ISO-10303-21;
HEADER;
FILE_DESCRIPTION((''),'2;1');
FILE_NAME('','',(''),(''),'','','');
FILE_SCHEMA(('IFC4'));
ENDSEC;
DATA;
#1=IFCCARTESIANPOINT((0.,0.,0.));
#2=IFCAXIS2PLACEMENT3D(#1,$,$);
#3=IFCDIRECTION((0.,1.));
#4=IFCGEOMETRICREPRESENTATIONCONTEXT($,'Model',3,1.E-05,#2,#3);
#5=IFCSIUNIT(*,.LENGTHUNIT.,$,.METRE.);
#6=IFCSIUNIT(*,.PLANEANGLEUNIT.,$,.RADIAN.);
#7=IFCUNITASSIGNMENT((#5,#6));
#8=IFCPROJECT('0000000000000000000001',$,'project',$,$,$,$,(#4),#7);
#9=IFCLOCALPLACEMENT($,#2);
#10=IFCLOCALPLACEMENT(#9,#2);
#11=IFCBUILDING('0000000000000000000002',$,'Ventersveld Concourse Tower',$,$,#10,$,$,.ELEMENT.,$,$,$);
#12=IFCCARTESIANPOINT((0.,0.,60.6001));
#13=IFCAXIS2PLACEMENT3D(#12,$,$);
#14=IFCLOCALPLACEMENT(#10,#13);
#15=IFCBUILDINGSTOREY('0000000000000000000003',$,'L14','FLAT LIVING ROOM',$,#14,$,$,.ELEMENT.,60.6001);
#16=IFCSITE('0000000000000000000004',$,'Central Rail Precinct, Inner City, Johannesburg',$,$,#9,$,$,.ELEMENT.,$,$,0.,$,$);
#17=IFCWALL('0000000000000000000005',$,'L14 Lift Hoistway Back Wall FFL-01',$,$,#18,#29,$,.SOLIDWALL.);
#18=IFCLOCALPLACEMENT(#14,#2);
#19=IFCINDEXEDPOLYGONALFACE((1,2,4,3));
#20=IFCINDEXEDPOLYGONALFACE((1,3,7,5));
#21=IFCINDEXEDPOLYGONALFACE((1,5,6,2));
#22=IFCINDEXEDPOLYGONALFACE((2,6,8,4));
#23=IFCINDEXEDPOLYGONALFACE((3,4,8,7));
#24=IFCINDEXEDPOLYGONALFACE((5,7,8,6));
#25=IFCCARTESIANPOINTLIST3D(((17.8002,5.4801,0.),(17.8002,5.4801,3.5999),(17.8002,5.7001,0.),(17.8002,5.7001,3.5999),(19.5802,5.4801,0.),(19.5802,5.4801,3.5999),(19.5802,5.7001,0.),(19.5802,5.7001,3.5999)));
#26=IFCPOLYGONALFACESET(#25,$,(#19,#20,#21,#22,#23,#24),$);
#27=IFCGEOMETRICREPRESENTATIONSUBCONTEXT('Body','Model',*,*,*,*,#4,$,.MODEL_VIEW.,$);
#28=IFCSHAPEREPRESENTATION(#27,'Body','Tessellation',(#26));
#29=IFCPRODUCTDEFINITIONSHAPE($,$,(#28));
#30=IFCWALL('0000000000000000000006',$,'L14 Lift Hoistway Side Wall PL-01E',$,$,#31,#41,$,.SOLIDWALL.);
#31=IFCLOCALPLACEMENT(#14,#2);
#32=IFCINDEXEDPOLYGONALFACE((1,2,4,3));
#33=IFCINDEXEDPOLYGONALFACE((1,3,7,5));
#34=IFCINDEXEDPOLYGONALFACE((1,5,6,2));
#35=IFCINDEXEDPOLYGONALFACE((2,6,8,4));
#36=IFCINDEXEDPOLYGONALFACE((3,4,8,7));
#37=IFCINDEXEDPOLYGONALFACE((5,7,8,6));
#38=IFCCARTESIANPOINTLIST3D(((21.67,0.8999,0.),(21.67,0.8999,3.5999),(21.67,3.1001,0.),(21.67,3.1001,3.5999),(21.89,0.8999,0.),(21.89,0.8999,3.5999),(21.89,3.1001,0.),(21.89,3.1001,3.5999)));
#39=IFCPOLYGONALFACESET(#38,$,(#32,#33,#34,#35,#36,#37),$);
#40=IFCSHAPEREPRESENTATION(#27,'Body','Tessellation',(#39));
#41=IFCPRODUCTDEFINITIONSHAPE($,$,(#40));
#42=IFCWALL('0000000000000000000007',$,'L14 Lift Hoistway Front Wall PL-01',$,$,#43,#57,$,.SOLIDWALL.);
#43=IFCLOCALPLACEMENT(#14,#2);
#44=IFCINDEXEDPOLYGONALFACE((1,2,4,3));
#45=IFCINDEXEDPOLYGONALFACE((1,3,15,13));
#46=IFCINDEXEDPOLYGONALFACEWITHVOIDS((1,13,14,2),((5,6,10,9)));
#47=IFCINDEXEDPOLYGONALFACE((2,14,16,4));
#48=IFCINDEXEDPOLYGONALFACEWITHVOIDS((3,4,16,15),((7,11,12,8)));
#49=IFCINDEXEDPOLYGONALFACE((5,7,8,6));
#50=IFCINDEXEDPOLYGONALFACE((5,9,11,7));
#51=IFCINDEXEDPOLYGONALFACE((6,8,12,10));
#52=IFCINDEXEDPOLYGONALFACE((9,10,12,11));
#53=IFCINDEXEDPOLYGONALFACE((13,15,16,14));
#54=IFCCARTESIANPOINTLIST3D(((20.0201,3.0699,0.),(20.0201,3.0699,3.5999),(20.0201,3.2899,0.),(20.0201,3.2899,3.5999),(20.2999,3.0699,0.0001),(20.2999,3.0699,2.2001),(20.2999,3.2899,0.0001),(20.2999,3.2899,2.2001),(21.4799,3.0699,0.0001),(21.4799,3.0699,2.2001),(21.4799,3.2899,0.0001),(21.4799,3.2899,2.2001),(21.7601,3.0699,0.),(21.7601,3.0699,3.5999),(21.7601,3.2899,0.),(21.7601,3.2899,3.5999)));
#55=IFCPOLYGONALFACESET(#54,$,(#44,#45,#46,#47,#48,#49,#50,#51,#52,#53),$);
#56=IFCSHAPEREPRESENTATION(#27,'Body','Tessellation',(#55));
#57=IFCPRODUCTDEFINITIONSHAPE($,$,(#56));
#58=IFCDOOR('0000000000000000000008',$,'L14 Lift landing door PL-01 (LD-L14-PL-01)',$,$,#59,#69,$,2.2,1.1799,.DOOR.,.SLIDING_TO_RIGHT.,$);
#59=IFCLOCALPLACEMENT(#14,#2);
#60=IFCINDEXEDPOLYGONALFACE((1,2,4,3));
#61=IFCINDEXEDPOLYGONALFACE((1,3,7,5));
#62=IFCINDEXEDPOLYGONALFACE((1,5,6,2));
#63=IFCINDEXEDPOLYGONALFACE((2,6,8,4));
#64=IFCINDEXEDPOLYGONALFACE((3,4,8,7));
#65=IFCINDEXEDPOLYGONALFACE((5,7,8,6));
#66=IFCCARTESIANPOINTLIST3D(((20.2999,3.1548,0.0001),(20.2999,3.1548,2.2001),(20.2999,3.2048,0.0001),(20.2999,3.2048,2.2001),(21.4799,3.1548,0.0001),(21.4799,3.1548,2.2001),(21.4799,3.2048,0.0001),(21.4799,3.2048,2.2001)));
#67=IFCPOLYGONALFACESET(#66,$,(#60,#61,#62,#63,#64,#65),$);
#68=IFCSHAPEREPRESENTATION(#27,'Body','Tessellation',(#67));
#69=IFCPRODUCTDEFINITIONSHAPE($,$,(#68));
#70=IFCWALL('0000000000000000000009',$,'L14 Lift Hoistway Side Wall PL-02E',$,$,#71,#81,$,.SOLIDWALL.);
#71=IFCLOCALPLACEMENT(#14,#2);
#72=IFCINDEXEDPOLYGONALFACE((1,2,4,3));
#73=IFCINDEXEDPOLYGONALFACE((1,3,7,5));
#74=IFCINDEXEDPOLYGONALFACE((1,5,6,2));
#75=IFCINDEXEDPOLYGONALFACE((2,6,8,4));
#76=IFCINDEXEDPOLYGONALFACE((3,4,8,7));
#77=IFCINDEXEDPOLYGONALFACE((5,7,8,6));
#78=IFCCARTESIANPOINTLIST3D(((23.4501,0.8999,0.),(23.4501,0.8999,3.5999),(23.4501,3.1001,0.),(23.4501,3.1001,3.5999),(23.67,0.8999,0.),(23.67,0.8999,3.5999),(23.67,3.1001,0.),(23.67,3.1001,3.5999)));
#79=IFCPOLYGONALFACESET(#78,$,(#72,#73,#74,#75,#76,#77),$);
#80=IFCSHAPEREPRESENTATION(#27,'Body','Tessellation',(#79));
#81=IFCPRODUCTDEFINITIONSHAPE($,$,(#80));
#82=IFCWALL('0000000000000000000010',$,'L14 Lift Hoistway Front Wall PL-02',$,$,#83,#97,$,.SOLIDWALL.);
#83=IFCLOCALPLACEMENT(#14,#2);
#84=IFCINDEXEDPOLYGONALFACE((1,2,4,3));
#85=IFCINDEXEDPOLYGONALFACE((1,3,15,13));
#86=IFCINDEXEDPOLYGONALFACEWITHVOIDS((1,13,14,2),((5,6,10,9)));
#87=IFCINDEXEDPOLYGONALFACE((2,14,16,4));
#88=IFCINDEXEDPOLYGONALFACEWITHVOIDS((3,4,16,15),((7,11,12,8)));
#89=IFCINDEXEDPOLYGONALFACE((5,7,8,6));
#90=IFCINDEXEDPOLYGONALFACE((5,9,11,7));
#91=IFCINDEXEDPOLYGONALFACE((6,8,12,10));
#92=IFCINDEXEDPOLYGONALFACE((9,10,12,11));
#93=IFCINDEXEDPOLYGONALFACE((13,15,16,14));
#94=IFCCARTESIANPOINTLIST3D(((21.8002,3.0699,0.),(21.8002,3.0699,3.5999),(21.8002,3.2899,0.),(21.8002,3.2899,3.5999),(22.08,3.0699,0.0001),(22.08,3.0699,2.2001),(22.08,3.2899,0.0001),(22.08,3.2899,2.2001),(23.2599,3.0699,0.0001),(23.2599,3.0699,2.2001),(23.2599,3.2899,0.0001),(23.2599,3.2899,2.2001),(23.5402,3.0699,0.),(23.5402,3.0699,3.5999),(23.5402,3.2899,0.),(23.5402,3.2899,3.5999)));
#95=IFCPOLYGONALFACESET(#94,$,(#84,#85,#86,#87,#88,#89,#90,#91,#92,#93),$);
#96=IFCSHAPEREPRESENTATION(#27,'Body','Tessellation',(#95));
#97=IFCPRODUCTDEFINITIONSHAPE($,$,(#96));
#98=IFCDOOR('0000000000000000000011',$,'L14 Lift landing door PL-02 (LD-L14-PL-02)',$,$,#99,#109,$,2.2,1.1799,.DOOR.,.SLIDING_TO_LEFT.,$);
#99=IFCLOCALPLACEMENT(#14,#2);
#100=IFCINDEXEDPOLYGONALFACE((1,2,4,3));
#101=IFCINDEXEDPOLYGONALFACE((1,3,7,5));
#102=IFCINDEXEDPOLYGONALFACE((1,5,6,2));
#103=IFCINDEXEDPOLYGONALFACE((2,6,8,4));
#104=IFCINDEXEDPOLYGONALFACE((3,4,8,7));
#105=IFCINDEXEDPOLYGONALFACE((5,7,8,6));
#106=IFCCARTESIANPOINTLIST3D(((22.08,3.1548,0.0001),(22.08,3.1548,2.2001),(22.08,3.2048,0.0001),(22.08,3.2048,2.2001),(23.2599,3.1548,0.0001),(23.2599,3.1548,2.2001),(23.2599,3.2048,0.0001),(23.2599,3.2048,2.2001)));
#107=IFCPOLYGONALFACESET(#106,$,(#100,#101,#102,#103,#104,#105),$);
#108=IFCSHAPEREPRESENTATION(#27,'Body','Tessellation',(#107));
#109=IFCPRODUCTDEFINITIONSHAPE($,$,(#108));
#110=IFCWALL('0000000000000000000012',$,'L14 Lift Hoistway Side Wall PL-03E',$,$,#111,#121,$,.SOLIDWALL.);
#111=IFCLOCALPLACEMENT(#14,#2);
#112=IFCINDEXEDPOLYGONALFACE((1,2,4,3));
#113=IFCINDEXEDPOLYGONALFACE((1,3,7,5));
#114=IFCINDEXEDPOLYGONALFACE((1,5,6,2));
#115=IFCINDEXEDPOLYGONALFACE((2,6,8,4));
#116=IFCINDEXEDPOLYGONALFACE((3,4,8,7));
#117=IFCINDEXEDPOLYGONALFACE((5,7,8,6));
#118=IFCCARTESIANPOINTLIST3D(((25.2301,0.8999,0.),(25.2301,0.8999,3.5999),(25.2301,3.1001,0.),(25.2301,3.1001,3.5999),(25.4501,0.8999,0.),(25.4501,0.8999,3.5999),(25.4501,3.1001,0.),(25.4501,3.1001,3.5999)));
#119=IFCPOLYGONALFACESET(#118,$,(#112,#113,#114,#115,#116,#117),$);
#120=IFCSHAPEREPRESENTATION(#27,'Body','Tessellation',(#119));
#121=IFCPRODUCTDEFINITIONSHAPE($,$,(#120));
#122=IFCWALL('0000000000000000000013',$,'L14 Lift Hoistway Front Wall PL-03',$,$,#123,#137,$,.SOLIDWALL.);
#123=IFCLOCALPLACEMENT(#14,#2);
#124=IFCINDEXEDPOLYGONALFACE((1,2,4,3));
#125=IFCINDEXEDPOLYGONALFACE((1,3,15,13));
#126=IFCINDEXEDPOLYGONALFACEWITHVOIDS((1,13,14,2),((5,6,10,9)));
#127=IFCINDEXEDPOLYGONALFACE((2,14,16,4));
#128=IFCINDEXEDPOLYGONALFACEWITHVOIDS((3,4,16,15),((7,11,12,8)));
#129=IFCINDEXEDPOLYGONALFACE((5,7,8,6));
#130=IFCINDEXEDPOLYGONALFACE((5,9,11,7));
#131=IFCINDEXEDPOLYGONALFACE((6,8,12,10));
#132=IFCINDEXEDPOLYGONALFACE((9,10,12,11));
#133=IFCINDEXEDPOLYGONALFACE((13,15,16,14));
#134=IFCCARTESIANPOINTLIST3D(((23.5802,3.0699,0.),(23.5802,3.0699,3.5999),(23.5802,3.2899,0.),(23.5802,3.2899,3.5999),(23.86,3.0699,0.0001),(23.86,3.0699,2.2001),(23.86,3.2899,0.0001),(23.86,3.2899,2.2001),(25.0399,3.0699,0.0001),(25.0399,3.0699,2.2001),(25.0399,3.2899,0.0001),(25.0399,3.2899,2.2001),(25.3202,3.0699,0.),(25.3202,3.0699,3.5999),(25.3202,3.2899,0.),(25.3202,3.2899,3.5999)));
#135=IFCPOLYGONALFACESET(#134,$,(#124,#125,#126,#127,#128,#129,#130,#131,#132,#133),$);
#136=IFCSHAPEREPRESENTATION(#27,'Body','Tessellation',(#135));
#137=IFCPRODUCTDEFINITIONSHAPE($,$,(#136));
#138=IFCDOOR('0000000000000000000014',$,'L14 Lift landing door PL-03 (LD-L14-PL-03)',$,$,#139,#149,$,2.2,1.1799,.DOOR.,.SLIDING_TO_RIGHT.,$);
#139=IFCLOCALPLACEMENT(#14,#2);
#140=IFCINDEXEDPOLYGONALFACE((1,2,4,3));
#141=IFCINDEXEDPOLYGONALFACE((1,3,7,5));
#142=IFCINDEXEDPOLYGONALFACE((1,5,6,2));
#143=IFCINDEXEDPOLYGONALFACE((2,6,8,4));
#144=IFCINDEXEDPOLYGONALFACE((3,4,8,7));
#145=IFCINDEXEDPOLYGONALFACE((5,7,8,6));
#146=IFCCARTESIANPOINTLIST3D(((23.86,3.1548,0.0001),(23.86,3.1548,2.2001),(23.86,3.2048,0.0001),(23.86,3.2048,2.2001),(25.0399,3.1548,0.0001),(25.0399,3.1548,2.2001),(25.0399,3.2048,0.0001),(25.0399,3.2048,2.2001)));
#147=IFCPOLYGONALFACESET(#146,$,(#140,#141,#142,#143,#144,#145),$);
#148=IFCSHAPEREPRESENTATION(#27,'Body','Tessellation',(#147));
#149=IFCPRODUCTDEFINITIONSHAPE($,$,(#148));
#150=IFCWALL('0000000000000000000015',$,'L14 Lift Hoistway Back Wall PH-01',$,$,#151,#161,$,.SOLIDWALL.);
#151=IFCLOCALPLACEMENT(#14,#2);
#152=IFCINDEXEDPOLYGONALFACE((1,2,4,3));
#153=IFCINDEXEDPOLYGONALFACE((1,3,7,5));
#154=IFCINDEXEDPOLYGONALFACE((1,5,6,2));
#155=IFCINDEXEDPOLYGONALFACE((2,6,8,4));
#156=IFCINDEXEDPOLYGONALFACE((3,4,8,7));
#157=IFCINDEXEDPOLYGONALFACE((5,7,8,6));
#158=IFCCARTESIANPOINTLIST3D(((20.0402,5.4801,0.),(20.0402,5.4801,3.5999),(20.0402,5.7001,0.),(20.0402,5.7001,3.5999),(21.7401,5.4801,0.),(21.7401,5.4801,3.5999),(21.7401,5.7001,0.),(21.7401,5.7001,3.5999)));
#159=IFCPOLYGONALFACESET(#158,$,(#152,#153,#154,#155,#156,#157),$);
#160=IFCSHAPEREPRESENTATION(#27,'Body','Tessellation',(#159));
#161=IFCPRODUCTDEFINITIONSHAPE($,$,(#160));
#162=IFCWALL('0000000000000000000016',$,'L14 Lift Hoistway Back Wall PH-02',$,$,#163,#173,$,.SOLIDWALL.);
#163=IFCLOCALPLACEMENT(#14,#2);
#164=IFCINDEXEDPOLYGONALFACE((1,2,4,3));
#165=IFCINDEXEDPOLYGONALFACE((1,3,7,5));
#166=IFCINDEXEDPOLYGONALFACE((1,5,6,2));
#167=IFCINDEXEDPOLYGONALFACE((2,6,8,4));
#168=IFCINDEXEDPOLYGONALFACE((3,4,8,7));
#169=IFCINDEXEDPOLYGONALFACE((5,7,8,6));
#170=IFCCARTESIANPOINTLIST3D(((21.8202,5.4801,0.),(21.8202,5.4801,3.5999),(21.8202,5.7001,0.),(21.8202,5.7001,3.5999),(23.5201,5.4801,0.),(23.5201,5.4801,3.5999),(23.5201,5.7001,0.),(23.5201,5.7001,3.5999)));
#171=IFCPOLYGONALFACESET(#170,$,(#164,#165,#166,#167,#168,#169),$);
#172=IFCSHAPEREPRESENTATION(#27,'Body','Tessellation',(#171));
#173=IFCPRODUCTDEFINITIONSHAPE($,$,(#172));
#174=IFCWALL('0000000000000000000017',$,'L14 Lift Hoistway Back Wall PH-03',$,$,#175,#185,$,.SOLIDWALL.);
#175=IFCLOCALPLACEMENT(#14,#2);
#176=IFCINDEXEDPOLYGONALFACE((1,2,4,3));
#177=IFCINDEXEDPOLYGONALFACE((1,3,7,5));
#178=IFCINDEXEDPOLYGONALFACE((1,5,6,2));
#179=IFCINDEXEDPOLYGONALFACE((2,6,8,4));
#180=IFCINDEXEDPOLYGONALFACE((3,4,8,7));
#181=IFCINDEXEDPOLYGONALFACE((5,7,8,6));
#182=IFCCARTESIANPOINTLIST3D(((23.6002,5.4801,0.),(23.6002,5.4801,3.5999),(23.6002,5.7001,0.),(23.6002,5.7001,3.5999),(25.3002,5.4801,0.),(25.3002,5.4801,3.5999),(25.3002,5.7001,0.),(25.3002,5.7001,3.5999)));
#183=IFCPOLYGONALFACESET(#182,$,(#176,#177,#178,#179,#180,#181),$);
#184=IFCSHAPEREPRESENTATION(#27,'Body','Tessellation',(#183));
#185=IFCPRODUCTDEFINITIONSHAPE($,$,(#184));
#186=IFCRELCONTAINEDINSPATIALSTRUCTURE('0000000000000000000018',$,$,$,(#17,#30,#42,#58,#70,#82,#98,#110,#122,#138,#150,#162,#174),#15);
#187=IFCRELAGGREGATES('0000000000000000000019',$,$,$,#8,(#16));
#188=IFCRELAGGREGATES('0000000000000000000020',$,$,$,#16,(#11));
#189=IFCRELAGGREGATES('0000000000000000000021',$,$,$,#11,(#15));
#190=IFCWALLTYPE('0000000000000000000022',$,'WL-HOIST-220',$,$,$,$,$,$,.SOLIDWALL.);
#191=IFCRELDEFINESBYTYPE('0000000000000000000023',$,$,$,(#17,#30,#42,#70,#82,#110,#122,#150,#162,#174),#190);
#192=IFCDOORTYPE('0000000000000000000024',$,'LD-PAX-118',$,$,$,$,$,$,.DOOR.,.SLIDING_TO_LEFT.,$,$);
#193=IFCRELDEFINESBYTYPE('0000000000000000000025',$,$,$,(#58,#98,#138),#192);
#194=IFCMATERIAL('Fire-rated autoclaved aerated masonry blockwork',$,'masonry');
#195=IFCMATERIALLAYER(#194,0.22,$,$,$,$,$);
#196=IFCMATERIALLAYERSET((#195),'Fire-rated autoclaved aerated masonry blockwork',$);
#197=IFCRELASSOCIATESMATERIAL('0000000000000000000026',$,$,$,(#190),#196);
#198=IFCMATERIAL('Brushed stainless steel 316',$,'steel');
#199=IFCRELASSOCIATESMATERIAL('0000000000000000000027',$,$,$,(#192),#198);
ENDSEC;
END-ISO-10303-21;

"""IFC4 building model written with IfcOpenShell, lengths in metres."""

from ifc_helpers import new_model, si_unit, direction, frame, frame_2d, origin, place, context, subcontext, project, spatial, rectangle, extrude, material, layer, layer_set, type_object, element, fill, save


model = new_model("IFC4")

# Units and contexts
model_context = context("Model", 3, precision=1e-05, world=origin(), true_north=direction((0.0, 1.0)))
body_context = subcontext(model_context, "Body", "Model", "MODEL_VIEW")
ifc_project = project(units=[si_unit("LENGTHUNIT", "METRE"), si_unit("PLANEANGLEUNIT", "RADIAN")], contexts=[model_context])

# Site, building, storey
site_placement = place(None, origin())
site = spatial("IfcSite", under=ifc_project, at=site_placement, Name="Central Rail Precinct, Inner City, Johannesburg", CompositionType="ELEMENT", RefElevation=0.0)
building_placement = place(site_placement, origin())
building = spatial("IfcBuilding", under=site, at=building_placement, Name="Ventersveld Concourse Tower", CompositionType="ELEMENT")
storey_placement = place(building_placement, frame((0.0, 0.0, 60.6001)))
storey = spatial("IfcBuildingStorey", under=building, at=storey_placement, Name="L14", Description="FLAT LIVING ROOM", CompositionType="ELEMENT", Elevation=60.6001)

# Walls
ifc_material_1 = material(Name="Fire-rated autoclaved aerated masonry blockwork", Category="masonry")
ifc_layer_1 = layer(ifc_material_1, 0.22)
ifc_layer_set_1 = layer_set([ifc_layer_1], Name="Fire-rated autoclaved aerated masonry blockwork")
wall_type_1 = type_object("IfcWallType", Name="WL-HOIST-220", PredefinedType="SOLIDWALL", material=ifc_layer_set_1)
wall_1_placement = place(storey_placement, frame((17.8, 5.5901, 0.0), z_axis=(0.0, 0.0, 1.0), x_axis=(1.0, 0.0, 0.0)))
element("IfcWall", 1, at=wall_1_placement, inside=storey, type_object=wall_type_1, Name="L14 Lift Hoistway Back Wall FFL-01", PredefinedType="SOLIDWALL", context=body_context, shape_type="SweptSolid", body=[
    extrude(rectangle(XDim=1.78, YDim=0.22, at=frame_2d((0.8901, 0.0))), origin(), (0.0, 0.0, 1.0), 3.5999),
])
wall_2_placement = place(storey_placement, frame((21.78, 0.8999, 0.0), z_axis=(0.0, 0.0, 1.0), x_axis=(0.0, 1.0, 0.0)))
element("IfcWall", 2, at=wall_2_placement, inside=storey, type_object=wall_type_1, Name="L14 Lift Hoistway Side Wall PL-01E", PredefinedType="SOLIDWALL", context=body_context, shape_type="SweptSolid", body=[
    extrude(rectangle(XDim=2.2002, YDim=0.22, at=frame_2d((1.1001, 0.0))), origin(), (0.0, 0.0, 1.0), 3.5999),
])

# Wall, opening, door
wall_3_placement = place(storey_placement, frame((20.02, 3.1799, 0.0), z_axis=(0.0, 0.0, 1.0), x_axis=(1.0, 0.0, 0.0)))
wall_3 = element("IfcWall", 3, at=wall_3_placement, inside=storey, type_object=wall_type_1, Name="L14 Lift Hoistway Front Wall PL-01", PredefinedType="SOLIDWALL", context=body_context, shape_type="SweptSolid", body=[
    extrude(rectangle(XDim=1.74, YDim=0.22, at=frame_2d((0.8701, 0.0))), origin(), (0.0, 0.0, 1.0), 3.5999),
])
opening_1_placement = place(wall_3_placement, frame((0.28, 0.0, 0.0)))
opening_1 = element("IfcOpeningElement", 4, at=opening_1_placement, cuts=wall_3, PredefinedType="OPENING", context=body_context, shape_type="SweptSolid", body=[
    extrude(rectangle(XDim=1.1799, YDim=2.2, at=frame_2d((0.5898, 1.1001))), frame((0.0, 0.1201, 0.0), z_axis=(0.0, -1.0, 0.0), x_axis=(1.0, 0.0, 0.0)), (0.0, 0.0, 1.0), 0.24),
])
ifc_material_2 = material(Name="Brushed stainless steel 316", Category="steel")
door_type = type_object("IfcDoorType", Name="LD-PAX-118", OperationType="SLIDING_TO_LEFT", PredefinedType="DOOR", material=ifc_material_2)
door_1_placement = place(opening_1_placement, origin())
door_1 = element("IfcDoor", 5, at=door_1_placement, inside=storey, type_object=door_type, Name="L14 Lift landing door PL-01 (LD-L14-PL-01)", OperationType="SLIDING_TO_RIGHT", OverallHeight=2.2, OverallWidth=1.1799, PredefinedType="DOOR", context=body_context, shape_type="SweptSolid", body=[
    extrude(rectangle(XDim=1.1799, YDim=2.2, at=frame_2d((0.5898, 1.1001))), frame((0.0, 0.0249, 0.0), z_axis=(0.0, -1.0, 0.0), x_axis=(1.0, 0.0, 0.0)), (0.0, 0.0, 1.0), 0.05),
])
fill(opening_1, door_1)

# Wall
wall_4_placement = place(storey_placement, frame((23.5601, 0.8999, 0.0), z_axis=(0.0, 0.0, 1.0), x_axis=(0.0, 1.0, 0.0)))
element("IfcWall", 6, at=wall_4_placement, inside=storey, type_object=wall_type_1, Name="L14 Lift Hoistway Side Wall PL-02E", PredefinedType="SOLIDWALL", context=body_context, shape_type="SweptSolid", body=[
    extrude(rectangle(XDim=2.2002, YDim=0.22, at=frame_2d((1.1001, 0.0))), origin(), (0.0, 0.0, 1.0), 3.5999),
])

# Wall, opening, door
wall_5_placement = place(storey_placement, frame((21.8, 3.1799, 0.0), z_axis=(0.0, 0.0, 1.0), x_axis=(1.0, 0.0, 0.0)))
wall_5 = element("IfcWall", 7, at=wall_5_placement, inside=storey, type_object=wall_type_1, Name="L14 Lift Hoistway Front Wall PL-02", PredefinedType="SOLIDWALL", context=body_context, shape_type="SweptSolid", body=[
    extrude(rectangle(XDim=1.74, YDim=0.22, at=frame_2d((0.8701, 0.0))), origin(), (0.0, 0.0, 1.0), 3.5999),
])
opening_2_placement = place(wall_5_placement, frame((0.28, 0.0, 0.0)))
opening_2 = element("IfcOpeningElement", 8, at=opening_2_placement, cuts=wall_5, PredefinedType="OPENING", context=body_context, shape_type="SweptSolid", body=[
    extrude(rectangle(XDim=1.1799, YDim=2.2, at=frame_2d((0.5898, 1.1001))), frame((0.0, 0.1201, 0.0), z_axis=(0.0, -1.0, 0.0), x_axis=(1.0, 0.0, 0.0)), (0.0, 0.0, 1.0), 0.24),
])
door_2_placement = place(opening_2_placement, origin())
door_2 = element("IfcDoor", 9, at=door_2_placement, inside=storey, type_object=door_type, Name="L14 Lift landing door PL-02 (LD-L14-PL-02)", OperationType="SLIDING_TO_LEFT", OverallHeight=2.2, OverallWidth=1.1799, PredefinedType="DOOR", context=body_context, shape_type="SweptSolid", body=[
    extrude(rectangle(XDim=1.1799, YDim=2.2, at=frame_2d((0.5898, 1.1001))), frame((0.0, 0.0249, 0.0), z_axis=(0.0, -1.0, 0.0), x_axis=(1.0, 0.0, 0.0)), (0.0, 0.0, 1.0), 0.05),
])
fill(opening_2, door_2)

# Wall
wall_6_placement = place(storey_placement, frame((25.3401, 0.8999, 0.0), z_axis=(0.0, 0.0, 1.0), x_axis=(0.0, 1.0, 0.0)))
element("IfcWall", 10, at=wall_6_placement, inside=storey, type_object=wall_type_1, Name="L14 Lift Hoistway Side Wall PL-03E", PredefinedType="SOLIDWALL", context=body_context, shape_type="SweptSolid", body=[
    extrude(rectangle(XDim=2.2002, YDim=0.22, at=frame_2d((1.1001, 0.0))), origin(), (0.0, 0.0, 1.0), 3.5999),
])

# Wall, opening, door
wall_7_placement = place(storey_placement, frame((23.5801, 3.1799, 0.0), z_axis=(0.0, 0.0, 1.0), x_axis=(1.0, 0.0, 0.0)))
wall_7 = element("IfcWall", 11, at=wall_7_placement, inside=storey, type_object=wall_type_1, Name="L14 Lift Hoistway Front Wall PL-03", PredefinedType="SOLIDWALL", context=body_context, shape_type="SweptSolid", body=[
    extrude(rectangle(XDim=1.74, YDim=0.22, at=frame_2d((0.8701, 0.0))), origin(), (0.0, 0.0, 1.0), 3.5999),
])
opening_3_placement = place(wall_7_placement, frame((0.28, 0.0, 0.0)))
opening_3 = element("IfcOpeningElement", 12, at=opening_3_placement, cuts=wall_7, PredefinedType="OPENING", context=body_context, shape_type="SweptSolid", body=[
    extrude(rectangle(XDim=1.1799, YDim=2.2, at=frame_2d((0.5898, 1.1001))), frame((0.0, 0.1201, 0.0), z_axis=(0.0, -1.0, 0.0), x_axis=(1.0, 0.0, 0.0)), (0.0, 0.0, 1.0), 0.24),
])
door_3_placement = place(opening_3_placement, origin())
door_3 = element("IfcDoor", 13, at=door_3_placement, inside=storey, type_object=door_type, Name="L14 Lift landing door PL-03 (LD-L14-PL-03)", OperationType="SLIDING_TO_RIGHT", OverallHeight=2.2, OverallWidth=1.1799, PredefinedType="DOOR", context=body_context, shape_type="SweptSolid", body=[
    extrude(rectangle(XDim=1.1799, YDim=2.2, at=frame_2d((0.5898, 1.1001))), frame((0.0, 0.0249, 0.0), z_axis=(0.0, -1.0, 0.0), x_axis=(1.0, 0.0, 0.0)), (0.0, 0.0, 1.0), 0.05),
])
fill(opening_3, door_3)

# Walls
for number, where, z_axis, x_axis, name in (
    (14, (20.04, 5.5901, 0.0), (0.0, 0.0, 1.0), (1.0, 0.0, 0.0), "L14 Lift Hoistway Back Wall PH-01"),
    (15, (21.8201, 5.5901, 0.0), (0.0, 0.0, 1.0), (1.0, 0.0, 0.0), "L14 Lift Hoistway Back Wall PH-02"),
    (16, (23.6001, 5.5901, 0.0), (0.0, 0.0, 1.0), (1.0, 0.0, 0.0), "L14 Lift Hoistway Back Wall PH-03"),
):
    element("IfcWall", number, at=place(storey_placement, frame(where, z_axis=z_axis, x_axis=x_axis)), inside=storey, type_object=wall_type_1, Name=name, PredefinedType="SOLIDWALL", context=body_context, shape_type="SweptSolid", body=[
        extrude(rectangle(XDim=1.7, YDim=0.22, at=frame_2d((0.8501, 0.0))), origin(), (0.0, 0.0, 1.0), 3.5999),
    ])

save(model, "model.ifc")
